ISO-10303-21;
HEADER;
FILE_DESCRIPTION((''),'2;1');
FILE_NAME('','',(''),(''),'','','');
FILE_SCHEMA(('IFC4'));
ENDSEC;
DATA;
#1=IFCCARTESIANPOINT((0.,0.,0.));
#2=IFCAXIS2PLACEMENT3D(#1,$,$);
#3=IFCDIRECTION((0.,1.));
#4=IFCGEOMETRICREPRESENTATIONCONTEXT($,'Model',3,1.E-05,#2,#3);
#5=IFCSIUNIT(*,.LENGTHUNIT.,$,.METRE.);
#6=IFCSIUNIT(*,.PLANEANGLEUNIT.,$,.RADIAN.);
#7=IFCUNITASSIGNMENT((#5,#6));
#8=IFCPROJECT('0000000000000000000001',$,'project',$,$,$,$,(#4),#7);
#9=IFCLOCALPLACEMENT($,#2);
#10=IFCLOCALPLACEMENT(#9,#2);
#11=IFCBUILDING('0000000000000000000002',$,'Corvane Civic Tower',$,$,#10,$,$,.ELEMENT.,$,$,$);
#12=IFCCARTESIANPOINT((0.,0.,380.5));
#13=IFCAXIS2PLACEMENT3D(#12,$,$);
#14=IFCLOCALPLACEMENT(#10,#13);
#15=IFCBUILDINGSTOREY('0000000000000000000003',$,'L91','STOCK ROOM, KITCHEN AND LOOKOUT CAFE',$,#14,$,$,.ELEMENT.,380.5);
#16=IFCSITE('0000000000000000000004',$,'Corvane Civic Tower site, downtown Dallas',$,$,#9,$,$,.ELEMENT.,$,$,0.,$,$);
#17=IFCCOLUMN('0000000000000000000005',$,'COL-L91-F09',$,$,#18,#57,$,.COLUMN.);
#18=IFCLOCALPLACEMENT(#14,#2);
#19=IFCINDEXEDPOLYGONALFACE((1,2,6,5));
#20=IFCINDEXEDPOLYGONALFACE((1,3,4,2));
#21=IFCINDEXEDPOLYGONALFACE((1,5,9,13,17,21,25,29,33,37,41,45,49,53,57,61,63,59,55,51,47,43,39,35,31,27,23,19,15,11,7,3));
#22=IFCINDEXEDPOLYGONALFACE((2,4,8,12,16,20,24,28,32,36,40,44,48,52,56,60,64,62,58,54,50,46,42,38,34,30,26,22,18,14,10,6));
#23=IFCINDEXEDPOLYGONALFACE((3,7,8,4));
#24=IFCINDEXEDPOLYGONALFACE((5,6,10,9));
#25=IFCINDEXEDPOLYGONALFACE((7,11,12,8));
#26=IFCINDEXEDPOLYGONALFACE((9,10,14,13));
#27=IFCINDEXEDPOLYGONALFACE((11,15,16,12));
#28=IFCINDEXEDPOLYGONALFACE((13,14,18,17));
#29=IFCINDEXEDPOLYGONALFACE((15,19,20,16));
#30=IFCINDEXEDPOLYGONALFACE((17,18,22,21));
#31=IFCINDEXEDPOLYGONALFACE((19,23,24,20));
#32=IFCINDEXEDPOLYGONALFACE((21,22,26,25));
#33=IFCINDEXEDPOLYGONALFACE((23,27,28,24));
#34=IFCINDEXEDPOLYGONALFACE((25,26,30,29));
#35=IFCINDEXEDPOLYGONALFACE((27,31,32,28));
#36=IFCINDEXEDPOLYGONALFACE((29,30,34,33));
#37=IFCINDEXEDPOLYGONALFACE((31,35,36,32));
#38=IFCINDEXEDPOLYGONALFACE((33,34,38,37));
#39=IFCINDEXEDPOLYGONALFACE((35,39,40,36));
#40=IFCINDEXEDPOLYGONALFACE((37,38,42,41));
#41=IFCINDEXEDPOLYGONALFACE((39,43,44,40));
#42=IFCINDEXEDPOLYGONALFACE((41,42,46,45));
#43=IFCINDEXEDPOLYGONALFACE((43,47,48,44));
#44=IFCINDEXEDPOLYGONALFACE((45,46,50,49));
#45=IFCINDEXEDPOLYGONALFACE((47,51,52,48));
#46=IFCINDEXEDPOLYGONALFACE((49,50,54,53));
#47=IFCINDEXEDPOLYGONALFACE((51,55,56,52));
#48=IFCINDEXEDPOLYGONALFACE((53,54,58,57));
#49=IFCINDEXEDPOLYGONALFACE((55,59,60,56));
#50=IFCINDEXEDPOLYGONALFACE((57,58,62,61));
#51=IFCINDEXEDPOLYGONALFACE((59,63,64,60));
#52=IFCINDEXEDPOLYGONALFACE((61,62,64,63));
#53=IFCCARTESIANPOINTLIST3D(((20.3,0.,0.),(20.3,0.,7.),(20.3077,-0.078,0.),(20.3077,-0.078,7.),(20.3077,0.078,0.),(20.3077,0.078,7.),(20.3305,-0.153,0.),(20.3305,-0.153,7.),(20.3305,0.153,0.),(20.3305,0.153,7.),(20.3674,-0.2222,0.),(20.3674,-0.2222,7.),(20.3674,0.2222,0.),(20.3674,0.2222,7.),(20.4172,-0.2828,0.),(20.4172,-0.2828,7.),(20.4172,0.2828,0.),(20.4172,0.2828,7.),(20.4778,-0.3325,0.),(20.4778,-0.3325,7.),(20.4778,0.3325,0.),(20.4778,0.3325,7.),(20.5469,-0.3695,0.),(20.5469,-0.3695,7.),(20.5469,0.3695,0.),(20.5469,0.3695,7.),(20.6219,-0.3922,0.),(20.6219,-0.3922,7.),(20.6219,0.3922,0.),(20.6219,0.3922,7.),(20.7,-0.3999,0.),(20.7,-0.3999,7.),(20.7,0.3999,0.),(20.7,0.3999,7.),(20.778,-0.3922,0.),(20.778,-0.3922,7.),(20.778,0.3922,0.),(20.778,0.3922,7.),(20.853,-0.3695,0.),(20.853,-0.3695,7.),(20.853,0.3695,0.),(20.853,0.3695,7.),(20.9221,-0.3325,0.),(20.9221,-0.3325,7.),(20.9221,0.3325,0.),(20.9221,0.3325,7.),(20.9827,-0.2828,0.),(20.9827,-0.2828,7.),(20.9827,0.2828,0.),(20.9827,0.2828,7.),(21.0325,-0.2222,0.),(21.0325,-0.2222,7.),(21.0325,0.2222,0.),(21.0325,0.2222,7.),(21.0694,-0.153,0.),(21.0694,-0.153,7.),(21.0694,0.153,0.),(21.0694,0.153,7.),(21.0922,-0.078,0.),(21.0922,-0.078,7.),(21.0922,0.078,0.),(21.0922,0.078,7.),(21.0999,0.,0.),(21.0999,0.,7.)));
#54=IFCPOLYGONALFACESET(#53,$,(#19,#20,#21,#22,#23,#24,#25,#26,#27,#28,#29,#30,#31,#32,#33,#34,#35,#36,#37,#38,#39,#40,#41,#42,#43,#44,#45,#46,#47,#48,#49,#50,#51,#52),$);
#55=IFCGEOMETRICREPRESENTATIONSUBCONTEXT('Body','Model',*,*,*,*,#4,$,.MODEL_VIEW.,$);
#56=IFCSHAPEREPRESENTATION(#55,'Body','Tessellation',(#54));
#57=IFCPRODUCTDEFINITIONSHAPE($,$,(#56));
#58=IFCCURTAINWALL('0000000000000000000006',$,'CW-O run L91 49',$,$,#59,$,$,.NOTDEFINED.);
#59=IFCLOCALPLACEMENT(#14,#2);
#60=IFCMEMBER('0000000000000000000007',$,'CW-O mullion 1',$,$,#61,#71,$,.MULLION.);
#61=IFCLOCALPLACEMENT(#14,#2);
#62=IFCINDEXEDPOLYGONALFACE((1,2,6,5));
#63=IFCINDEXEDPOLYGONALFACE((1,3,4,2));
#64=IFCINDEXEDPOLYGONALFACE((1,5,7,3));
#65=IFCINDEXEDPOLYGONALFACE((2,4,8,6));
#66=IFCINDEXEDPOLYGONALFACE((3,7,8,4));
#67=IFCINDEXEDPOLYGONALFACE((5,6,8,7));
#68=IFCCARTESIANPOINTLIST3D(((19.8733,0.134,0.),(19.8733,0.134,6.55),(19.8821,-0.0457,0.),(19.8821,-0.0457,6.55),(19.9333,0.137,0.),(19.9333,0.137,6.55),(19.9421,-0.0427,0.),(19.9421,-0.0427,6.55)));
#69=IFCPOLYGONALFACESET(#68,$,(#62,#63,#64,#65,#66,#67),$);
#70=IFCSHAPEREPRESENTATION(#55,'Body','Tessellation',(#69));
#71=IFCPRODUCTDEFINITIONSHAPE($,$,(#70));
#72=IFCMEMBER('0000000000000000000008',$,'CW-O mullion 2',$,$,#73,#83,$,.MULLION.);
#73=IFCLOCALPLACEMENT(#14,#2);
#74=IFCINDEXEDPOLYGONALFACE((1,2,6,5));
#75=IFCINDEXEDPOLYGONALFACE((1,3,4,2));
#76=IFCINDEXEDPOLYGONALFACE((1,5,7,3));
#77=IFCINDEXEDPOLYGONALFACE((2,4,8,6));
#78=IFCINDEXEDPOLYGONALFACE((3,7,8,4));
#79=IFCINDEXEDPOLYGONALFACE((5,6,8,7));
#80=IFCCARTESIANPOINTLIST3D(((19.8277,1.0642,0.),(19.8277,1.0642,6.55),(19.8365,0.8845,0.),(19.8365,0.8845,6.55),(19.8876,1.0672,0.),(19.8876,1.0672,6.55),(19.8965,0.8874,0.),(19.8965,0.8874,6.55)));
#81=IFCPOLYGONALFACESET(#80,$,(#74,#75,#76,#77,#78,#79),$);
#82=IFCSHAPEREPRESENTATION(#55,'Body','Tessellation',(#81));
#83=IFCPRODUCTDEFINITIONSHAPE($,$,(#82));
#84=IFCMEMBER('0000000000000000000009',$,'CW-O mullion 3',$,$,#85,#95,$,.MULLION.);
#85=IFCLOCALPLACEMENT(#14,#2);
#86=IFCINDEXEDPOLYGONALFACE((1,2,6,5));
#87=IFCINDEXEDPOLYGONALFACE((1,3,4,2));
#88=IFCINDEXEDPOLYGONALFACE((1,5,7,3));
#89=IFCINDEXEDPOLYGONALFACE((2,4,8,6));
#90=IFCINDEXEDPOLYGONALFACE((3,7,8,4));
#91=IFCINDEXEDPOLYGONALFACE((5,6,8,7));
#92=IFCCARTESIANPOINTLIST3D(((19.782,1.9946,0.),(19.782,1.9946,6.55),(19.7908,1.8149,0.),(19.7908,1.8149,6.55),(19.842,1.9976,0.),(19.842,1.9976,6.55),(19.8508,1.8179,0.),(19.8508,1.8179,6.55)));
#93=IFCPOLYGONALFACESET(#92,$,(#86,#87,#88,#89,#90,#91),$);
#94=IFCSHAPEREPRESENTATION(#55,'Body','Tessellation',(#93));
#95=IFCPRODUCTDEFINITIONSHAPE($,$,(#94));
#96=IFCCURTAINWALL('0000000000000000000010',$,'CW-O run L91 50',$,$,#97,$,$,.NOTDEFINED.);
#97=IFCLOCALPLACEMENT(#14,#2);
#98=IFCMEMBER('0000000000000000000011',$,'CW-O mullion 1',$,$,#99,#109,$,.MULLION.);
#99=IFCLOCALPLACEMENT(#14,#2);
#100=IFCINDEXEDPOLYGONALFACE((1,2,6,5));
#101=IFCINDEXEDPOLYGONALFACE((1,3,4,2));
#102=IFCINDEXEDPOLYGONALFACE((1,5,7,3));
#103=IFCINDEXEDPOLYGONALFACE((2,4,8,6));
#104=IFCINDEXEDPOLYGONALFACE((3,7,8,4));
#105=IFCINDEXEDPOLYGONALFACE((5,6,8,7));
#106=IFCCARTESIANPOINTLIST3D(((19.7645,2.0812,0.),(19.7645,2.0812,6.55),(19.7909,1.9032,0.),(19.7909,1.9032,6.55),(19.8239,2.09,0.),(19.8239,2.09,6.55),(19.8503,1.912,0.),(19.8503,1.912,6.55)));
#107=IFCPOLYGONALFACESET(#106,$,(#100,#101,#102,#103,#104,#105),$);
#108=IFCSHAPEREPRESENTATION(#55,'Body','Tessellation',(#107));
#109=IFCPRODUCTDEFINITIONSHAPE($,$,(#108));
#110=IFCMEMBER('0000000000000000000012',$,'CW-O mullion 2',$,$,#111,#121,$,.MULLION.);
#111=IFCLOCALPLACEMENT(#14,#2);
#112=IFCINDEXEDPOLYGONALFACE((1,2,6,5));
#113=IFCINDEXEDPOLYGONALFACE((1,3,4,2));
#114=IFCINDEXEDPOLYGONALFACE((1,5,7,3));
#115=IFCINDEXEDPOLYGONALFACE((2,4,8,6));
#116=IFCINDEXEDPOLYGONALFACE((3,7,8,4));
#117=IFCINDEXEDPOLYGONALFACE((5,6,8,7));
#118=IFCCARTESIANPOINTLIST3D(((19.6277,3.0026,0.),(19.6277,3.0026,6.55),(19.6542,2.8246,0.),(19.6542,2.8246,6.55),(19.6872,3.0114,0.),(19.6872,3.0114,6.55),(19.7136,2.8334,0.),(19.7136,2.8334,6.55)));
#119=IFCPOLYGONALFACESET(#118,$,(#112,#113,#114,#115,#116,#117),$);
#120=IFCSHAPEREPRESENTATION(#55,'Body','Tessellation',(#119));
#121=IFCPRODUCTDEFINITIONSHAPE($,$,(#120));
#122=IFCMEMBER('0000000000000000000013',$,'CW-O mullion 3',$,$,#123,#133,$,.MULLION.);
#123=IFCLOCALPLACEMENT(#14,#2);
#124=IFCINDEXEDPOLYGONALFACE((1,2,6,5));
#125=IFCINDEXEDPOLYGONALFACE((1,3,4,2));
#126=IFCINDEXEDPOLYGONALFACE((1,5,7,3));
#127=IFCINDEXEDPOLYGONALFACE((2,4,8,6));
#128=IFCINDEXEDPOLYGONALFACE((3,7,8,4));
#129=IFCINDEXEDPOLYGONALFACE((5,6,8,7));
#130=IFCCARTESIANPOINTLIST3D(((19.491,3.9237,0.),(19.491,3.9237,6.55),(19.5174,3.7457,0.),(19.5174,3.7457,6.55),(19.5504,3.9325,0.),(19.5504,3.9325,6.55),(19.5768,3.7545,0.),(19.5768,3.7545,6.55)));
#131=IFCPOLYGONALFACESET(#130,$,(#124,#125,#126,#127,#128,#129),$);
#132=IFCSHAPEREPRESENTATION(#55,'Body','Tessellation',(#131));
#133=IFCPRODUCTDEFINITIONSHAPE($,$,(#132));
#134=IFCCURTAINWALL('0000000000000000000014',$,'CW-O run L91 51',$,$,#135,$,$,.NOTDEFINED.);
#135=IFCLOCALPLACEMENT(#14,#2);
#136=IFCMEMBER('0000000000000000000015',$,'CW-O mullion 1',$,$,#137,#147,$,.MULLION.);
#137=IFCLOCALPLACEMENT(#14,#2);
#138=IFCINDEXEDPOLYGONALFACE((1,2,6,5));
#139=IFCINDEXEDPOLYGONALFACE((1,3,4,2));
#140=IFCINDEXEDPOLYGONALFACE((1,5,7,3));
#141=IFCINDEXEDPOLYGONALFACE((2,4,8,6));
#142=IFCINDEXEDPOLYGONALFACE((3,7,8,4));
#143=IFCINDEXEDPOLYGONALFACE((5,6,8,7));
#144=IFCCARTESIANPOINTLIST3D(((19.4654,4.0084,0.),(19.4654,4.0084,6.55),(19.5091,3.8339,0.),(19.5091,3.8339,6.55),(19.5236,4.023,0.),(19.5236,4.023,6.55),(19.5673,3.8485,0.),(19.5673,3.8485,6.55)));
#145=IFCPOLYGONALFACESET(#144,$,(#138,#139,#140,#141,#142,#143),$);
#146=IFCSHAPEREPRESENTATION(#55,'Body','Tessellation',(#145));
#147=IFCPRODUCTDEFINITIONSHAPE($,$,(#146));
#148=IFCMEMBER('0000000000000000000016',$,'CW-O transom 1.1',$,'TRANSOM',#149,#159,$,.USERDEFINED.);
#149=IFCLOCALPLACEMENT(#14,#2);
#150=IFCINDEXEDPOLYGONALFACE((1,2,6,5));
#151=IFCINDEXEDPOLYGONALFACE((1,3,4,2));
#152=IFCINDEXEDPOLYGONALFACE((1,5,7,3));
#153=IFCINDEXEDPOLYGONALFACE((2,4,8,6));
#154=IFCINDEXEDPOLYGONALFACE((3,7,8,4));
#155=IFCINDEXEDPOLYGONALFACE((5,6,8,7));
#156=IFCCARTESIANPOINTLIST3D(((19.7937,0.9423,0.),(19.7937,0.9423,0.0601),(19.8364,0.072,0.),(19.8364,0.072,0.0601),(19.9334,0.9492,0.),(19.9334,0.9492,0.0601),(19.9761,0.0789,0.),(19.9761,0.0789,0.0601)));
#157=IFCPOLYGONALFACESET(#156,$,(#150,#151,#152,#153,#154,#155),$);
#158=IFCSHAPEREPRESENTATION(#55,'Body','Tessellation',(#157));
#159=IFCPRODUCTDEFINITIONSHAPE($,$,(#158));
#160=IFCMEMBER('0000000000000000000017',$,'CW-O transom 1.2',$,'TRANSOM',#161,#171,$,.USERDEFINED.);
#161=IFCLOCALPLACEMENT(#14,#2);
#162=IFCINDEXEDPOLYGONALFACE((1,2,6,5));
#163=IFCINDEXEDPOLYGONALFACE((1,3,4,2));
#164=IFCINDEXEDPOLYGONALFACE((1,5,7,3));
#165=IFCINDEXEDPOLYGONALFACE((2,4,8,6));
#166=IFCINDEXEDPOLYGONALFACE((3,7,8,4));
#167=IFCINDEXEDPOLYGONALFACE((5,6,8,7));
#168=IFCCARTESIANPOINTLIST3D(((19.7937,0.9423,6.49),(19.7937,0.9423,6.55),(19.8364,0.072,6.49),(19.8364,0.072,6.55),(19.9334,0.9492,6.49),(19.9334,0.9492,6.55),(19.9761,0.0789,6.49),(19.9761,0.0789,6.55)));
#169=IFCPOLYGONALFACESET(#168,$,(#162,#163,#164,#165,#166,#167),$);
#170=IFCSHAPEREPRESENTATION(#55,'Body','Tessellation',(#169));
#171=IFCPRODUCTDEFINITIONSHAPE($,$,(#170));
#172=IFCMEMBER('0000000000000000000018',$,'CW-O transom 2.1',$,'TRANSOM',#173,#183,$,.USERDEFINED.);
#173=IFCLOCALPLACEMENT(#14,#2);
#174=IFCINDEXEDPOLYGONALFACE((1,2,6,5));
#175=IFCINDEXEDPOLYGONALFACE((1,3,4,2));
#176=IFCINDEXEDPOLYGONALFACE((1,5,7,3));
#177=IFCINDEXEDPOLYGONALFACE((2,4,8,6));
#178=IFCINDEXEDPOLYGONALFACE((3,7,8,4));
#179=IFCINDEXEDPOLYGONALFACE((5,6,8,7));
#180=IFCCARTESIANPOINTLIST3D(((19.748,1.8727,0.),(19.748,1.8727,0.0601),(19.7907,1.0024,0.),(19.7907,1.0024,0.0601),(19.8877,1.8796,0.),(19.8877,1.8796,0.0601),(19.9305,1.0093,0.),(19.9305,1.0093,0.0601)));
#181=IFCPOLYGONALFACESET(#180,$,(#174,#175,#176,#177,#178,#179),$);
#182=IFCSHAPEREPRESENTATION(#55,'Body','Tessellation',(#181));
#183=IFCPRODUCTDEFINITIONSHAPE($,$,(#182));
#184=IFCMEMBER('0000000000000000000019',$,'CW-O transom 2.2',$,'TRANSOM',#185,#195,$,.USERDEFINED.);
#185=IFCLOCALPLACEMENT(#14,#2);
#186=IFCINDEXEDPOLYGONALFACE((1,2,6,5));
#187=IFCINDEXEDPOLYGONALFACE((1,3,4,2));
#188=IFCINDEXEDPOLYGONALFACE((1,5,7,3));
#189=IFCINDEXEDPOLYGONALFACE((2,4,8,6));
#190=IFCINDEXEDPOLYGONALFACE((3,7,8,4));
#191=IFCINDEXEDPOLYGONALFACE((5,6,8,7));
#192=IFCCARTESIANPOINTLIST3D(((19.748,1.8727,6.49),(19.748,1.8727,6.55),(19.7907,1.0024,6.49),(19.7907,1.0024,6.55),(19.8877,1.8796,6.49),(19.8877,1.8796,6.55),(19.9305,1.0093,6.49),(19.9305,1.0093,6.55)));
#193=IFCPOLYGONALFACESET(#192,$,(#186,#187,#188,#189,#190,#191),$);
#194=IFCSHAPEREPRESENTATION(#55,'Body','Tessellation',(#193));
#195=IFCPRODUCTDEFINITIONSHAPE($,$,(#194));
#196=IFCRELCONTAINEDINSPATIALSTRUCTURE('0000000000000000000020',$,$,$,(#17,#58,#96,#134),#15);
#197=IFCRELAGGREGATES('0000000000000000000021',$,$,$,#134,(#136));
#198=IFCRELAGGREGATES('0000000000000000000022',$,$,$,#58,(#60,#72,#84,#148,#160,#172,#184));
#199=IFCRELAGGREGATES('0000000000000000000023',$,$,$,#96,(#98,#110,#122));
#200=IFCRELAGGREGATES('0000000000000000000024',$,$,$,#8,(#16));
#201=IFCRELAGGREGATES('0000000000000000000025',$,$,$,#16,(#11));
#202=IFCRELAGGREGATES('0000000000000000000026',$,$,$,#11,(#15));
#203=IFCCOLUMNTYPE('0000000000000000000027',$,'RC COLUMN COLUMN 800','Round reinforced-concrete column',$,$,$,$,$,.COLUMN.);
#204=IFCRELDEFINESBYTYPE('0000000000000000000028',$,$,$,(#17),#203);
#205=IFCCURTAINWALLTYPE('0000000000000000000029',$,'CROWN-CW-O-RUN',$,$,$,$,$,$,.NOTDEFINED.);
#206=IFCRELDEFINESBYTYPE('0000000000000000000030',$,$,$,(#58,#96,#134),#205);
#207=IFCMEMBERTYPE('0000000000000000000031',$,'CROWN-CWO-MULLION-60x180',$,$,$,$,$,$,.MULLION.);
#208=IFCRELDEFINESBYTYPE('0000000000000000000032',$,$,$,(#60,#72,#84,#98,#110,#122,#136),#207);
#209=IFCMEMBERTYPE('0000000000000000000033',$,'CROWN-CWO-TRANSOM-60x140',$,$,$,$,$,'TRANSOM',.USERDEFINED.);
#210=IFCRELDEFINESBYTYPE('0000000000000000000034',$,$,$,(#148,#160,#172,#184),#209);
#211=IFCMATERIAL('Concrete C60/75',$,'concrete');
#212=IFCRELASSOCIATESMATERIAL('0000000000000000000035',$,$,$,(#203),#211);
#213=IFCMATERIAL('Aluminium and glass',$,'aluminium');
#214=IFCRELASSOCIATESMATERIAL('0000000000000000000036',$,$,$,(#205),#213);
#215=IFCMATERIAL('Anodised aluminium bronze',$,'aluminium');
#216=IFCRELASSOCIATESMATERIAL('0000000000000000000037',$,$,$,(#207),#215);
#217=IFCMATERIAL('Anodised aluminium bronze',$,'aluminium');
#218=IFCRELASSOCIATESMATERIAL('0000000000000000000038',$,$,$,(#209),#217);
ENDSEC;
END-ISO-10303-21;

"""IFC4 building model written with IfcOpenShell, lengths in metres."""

from ifc_helpers import new_model, si_unit, direction, frame, origin, origin_2d, place, context, subcontext, project, spatial, rectangle, circle, extrude, material, material_profile, profile_set, type_object, element, aggregate, save


model = new_model("IFC4")

# Units and contexts
model_context = context("Model", 3, precision=1e-05, world=origin(), true_north=direction((0.0, 1.0)))
body_context = subcontext(model_context, "Body", "Model", "MODEL_VIEW")
ifc_project = project(units=[si_unit("LENGTHUNIT", "METRE"), si_unit("PLANEANGLEUNIT", "RADIAN")], contexts=[model_context])

# Site, building, storey
site_placement = place(None, origin())
site = spatial("IfcSite", under=ifc_project, at=site_placement, Name="Corvane Civic Tower site, downtown Dallas", CompositionType="ELEMENT", RefElevation=0.0)
building_placement = place(site_placement, origin())
building = spatial("IfcBuilding", under=site, at=building_placement, Name="Corvane Civic Tower", CompositionType="ELEMENT")
storey_placement = place(building_placement, frame((0.0, 0.0, 380.5)))
storey = spatial("IfcBuildingStorey", under=building, at=storey_placement, Name="L91", Description="STOCK ROOM, KITCHEN AND LOOKOUT CAFE", CompositionType="ELEMENT", Elevation=380.5)

# Column
ifc_material_1 = material(Name="Concrete C60/75", Category="concrete")
ifc_material_profile_1 = material_profile(ifc_material_1, circle(Radius=0.3999, at=origin_2d()), Name="COLUMN 800")
ifc_profile_set_1 = profile_set([ifc_material_profile_1], Name="Concrete C60/75")
column_type = type_object("IfcColumnType", Name="RC COLUMN COLUMN 800", Description="Round reinforced-concrete column", PredefinedType="COLUMN", material=ifc_profile_set_1)
column_placement = place(storey_placement, frame((20.7, 0.0, 0.0), z_axis=(0.0, 0.0, 1.0), x_axis=(1.0, 0.0, 0.0)))
element("IfcColumn", 1, at=column_placement, inside=storey, type_object=column_type, Name="COL-L91-F09", PredefinedType="COLUMN", context=body_context, shape_type="SweptSolid", body=[
    extrude(circle(Radius=0.3999, at=origin_2d()), origin(), (0.0, 0.0, 1.0), 7.0),
])

# Curtain walls, members
ifc_material_2 = material(Name="Aluminium and glass", Category="aluminium")
curtain_wall_type = type_object("IfcCurtainWallType", Name="CROWN-CW-O-RUN", PredefinedType="NOTDEFINED", material=ifc_material_2)
curtain_wall_1_placement = place(storey_placement, origin())
curtain_wall_1 = element("IfcCurtainWall", 2, at=curtain_wall_1_placement, inside=storey, type_object=curtain_wall_type, Name="CW-O run L91 49", PredefinedType="NOTDEFINED")
ifc_material_3 = material(Name="Anodised aluminium bronze", Category="aluminium")
ifc_material_profile_2 = material_profile(ifc_material_3, rectangle(XDim=0.0601, YDim=0.1799, at=origin_2d()), Name="AL 60x180")
ifc_profile_set_2 = profile_set([ifc_material_profile_2], Name="Anodised aluminium bronze")
member_type_1 = type_object("IfcMemberType", Name="CROWN-CWO-MULLION-60x180", PredefinedType="MULLION", material=ifc_profile_set_2)
member_1_placement = place(storey_placement, frame((19.9077, 0.0457, 0.0), z_axis=(0.0, 0.0, 1.0), x_axis=(-0.998799, -0.048991, 0.0)))
member_1 = element("IfcMember", 3, at=member_1_placement, type_object=member_type_1, Name="CW-O mullion 1", PredefinedType="MULLION", context=body_context, shape_type="SweptSolid", body=[
    extrude(rectangle(XDim=0.0601, YDim=0.1799, at=origin_2d()), origin(), (0.0, 0.0, 1.0), 6.55),
])
member_2_placement = place(storey_placement, frame((19.8621, 0.9758, 0.0), z_axis=(0.0, 0.0, 1.0), x_axis=(-0.998799, -0.048991, 0.0)))
member_2 = element("IfcMember", 4, at=member_2_placement, type_object=member_type_1, Name="CW-O mullion 2", PredefinedType="MULLION", context=body_context, shape_type="SweptSolid", body=[
    extrude(rectangle(XDim=0.0601, YDim=0.1799, at=origin_2d()), origin(), (0.0, 0.0, 1.0), 6.55),
])
member_3_placement = place(storey_placement, frame((19.8164, 1.9062, 0.0), z_axis=(0.0, 0.0, 1.0), x_axis=(-0.998799, -0.048991, 0.0)))
member_3 = element("IfcMember", 5, at=member_3_placement, type_object=member_type_1, Name="CW-O mullion 3", PredefinedType="MULLION", context=body_context, shape_type="SweptSolid", body=[
    extrude(rectangle(XDim=0.0601, YDim=0.1799, at=origin_2d()), origin(), (0.0, 0.0, 1.0), 6.55),
])
curtain_wall_2_placement = place(storey_placement, origin())
curtain_wall_2 = element("IfcCurtainWall", 6, at=curtain_wall_2_placement, inside=storey, type_object=curtain_wall_type, Name="CW-O run L91 50", PredefinedType="NOTDEFINED")
member_4_placement = place(storey_placement, frame((19.8074, 1.9966, 0.0), z_axis=(0.0, 0.0, 1.0), x_axis=(-0.98917, -0.146771, 0.0)))
member_4 = element("IfcMember", 7, at=member_4_placement, type_object=member_type_1, Name="CW-O mullion 1", PredefinedType="MULLION", context=body_context, shape_type="SweptSolid", body=[
    extrude(rectangle(XDim=0.0601, YDim=0.1799, at=origin_2d()), origin(), (0.0, 0.0, 1.0), 6.55),
])
member_5_placement = place(storey_placement, frame((19.6707, 2.918, 0.0), z_axis=(0.0, 0.0, 1.0), x_axis=(-0.98917, -0.146771, 0.0)))
member_5 = element("IfcMember", 8, at=member_5_placement, type_object=member_type_1, Name="CW-O mullion 2", PredefinedType="MULLION", context=body_context, shape_type="SweptSolid", body=[
    extrude(rectangle(XDim=0.0601, YDim=0.1799, at=origin_2d()), origin(), (0.0, 0.0, 1.0), 6.55),
])
member_6_placement = place(storey_placement, frame((19.5339, 3.8391, 0.0), z_axis=(0.0, 0.0, 1.0), x_axis=(-0.98917, -0.146771, 0.0)))
member_6 = element("IfcMember", 9, at=member_6_placement, type_object=member_type_1, Name="CW-O mullion 3", PredefinedType="MULLION", context=body_context, shape_type="SweptSolid", body=[
    extrude(rectangle(XDim=0.0601, YDim=0.1799, at=origin_2d()), origin(), (0.0, 0.0, 1.0), 6.55),
])

# Curtain wall, member
curtain_wall_3_placement = place(storey_placement, origin())
curtain_wall_3 = element("IfcCurtainWall", 10, at=curtain_wall_3_placement, inside=storey, type_object=curtain_wall_type, Name="CW-O run L91 51", PredefinedType="NOTDEFINED")
member_7_placement = place(storey_placement, frame((19.5164, 3.9285, 0.0), z_axis=(0.0, 0.0, 1.0), x_axis=(-0.970038, -0.242952, 0.0)))
member_7 = element("IfcMember", 11, at=member_7_placement, type_object=member_type_1, Name="CW-O mullion 1", PredefinedType="MULLION", context=body_context, shape_type="SweptSolid", body=[
    extrude(rectangle(XDim=0.0601, YDim=0.1799, at=origin_2d()), origin(), (0.0, 0.0, 1.0), 6.55),
])

# Members
ifc_material_4 = material(Name="Anodised aluminium bronze", Category="aluminium")
ifc_material_profile_3 = material_profile(ifc_material_4, rectangle(XDim=0.1399, YDim=0.0601, at=origin_2d()), Name="AL 140x60")
ifc_profile_set_3 = profile_set([ifc_material_profile_3], Name="Anodised aluminium bronze")
member_type_2 = type_object("IfcMemberType", Name="CROWN-CWO-TRANSOM-60x140", ElementType="TRANSOM", PredefinedType="USERDEFINED", material=ifc_profile_set_3)
member_8_placement = place(storey_placement, frame((19.9062, 0.0754, 0.03), z_axis=(-0.049029, 0.998797, 0.0), x_axis=(-0.998797, -0.049029, 0.0)))
member_8 = element("IfcMember", 12, at=member_8_placement, type_object=member_type_2, Name="CW-O transom 1.1", ObjectType="TRANSOM", PredefinedType="USERDEFINED", context=body_context, shape_type="SweptSolid", body=[
    extrude(rectangle(XDim=0.1399, YDim=0.0601, at=origin_2d()), origin(), (0.0, 0.0, 1.0), 0.8713),
])
member_9_placement = place(storey_placement, frame((19.9062, 0.0754, 6.52), z_axis=(-0.049029, 0.998797, 0.0), x_axis=(-0.998797, -0.049029, 0.0)))
member_9 = element("IfcMember", 13, at=member_9_placement, type_object=member_type_2, Name="CW-O transom 1.2", ObjectType="TRANSOM", PredefinedType="USERDEFINED", context=body_context, shape_type="SweptSolid", body=[
    extrude(rectangle(XDim=0.1399, YDim=0.0601, at=origin_2d()), origin(), (0.0, 0.0, 1.0), 0.8713),
])
member_10_placement = place(storey_placement, frame((19.8606, 1.0059, 0.03), z_axis=(-0.049029, 0.998797, 0.0), x_axis=(-0.998797, -0.049029, 0.0)))
member_10 = element("IfcMember", 14, at=member_10_placement, type_object=member_type_2, Name="CW-O transom 2.1", ObjectType="TRANSOM", PredefinedType="USERDEFINED", context=body_context, shape_type="SweptSolid", body=[
    extrude(rectangle(XDim=0.1399, YDim=0.0601, at=origin_2d()), origin(), (0.0, 0.0, 1.0), 0.8713),
])
member_11_placement = place(storey_placement, frame((19.8606, 1.0059, 6.52), z_axis=(-0.049029, 0.998797, 0.0), x_axis=(-0.998797, -0.049029, 0.0)))
member_11 = element("IfcMember", 15, at=member_11_placement, type_object=member_type_2, Name="CW-O transom 2.2", ObjectType="TRANSOM", PredefinedType="USERDEFINED", context=body_context, shape_type="SweptSolid", body=[
    extrude(rectangle(XDim=0.1399, YDim=0.0601, at=origin_2d()), origin(), (0.0, 0.0, 1.0), 0.8713),
])
aggregate(curtain_wall_3, [member_7])

aggregate(curtain_wall_1, [member_1, member_2, member_3, member_8, member_9, member_10, member_11])
aggregate(curtain_wall_2, [member_4, member_5, member_6])

save(model, "model.ifc")
